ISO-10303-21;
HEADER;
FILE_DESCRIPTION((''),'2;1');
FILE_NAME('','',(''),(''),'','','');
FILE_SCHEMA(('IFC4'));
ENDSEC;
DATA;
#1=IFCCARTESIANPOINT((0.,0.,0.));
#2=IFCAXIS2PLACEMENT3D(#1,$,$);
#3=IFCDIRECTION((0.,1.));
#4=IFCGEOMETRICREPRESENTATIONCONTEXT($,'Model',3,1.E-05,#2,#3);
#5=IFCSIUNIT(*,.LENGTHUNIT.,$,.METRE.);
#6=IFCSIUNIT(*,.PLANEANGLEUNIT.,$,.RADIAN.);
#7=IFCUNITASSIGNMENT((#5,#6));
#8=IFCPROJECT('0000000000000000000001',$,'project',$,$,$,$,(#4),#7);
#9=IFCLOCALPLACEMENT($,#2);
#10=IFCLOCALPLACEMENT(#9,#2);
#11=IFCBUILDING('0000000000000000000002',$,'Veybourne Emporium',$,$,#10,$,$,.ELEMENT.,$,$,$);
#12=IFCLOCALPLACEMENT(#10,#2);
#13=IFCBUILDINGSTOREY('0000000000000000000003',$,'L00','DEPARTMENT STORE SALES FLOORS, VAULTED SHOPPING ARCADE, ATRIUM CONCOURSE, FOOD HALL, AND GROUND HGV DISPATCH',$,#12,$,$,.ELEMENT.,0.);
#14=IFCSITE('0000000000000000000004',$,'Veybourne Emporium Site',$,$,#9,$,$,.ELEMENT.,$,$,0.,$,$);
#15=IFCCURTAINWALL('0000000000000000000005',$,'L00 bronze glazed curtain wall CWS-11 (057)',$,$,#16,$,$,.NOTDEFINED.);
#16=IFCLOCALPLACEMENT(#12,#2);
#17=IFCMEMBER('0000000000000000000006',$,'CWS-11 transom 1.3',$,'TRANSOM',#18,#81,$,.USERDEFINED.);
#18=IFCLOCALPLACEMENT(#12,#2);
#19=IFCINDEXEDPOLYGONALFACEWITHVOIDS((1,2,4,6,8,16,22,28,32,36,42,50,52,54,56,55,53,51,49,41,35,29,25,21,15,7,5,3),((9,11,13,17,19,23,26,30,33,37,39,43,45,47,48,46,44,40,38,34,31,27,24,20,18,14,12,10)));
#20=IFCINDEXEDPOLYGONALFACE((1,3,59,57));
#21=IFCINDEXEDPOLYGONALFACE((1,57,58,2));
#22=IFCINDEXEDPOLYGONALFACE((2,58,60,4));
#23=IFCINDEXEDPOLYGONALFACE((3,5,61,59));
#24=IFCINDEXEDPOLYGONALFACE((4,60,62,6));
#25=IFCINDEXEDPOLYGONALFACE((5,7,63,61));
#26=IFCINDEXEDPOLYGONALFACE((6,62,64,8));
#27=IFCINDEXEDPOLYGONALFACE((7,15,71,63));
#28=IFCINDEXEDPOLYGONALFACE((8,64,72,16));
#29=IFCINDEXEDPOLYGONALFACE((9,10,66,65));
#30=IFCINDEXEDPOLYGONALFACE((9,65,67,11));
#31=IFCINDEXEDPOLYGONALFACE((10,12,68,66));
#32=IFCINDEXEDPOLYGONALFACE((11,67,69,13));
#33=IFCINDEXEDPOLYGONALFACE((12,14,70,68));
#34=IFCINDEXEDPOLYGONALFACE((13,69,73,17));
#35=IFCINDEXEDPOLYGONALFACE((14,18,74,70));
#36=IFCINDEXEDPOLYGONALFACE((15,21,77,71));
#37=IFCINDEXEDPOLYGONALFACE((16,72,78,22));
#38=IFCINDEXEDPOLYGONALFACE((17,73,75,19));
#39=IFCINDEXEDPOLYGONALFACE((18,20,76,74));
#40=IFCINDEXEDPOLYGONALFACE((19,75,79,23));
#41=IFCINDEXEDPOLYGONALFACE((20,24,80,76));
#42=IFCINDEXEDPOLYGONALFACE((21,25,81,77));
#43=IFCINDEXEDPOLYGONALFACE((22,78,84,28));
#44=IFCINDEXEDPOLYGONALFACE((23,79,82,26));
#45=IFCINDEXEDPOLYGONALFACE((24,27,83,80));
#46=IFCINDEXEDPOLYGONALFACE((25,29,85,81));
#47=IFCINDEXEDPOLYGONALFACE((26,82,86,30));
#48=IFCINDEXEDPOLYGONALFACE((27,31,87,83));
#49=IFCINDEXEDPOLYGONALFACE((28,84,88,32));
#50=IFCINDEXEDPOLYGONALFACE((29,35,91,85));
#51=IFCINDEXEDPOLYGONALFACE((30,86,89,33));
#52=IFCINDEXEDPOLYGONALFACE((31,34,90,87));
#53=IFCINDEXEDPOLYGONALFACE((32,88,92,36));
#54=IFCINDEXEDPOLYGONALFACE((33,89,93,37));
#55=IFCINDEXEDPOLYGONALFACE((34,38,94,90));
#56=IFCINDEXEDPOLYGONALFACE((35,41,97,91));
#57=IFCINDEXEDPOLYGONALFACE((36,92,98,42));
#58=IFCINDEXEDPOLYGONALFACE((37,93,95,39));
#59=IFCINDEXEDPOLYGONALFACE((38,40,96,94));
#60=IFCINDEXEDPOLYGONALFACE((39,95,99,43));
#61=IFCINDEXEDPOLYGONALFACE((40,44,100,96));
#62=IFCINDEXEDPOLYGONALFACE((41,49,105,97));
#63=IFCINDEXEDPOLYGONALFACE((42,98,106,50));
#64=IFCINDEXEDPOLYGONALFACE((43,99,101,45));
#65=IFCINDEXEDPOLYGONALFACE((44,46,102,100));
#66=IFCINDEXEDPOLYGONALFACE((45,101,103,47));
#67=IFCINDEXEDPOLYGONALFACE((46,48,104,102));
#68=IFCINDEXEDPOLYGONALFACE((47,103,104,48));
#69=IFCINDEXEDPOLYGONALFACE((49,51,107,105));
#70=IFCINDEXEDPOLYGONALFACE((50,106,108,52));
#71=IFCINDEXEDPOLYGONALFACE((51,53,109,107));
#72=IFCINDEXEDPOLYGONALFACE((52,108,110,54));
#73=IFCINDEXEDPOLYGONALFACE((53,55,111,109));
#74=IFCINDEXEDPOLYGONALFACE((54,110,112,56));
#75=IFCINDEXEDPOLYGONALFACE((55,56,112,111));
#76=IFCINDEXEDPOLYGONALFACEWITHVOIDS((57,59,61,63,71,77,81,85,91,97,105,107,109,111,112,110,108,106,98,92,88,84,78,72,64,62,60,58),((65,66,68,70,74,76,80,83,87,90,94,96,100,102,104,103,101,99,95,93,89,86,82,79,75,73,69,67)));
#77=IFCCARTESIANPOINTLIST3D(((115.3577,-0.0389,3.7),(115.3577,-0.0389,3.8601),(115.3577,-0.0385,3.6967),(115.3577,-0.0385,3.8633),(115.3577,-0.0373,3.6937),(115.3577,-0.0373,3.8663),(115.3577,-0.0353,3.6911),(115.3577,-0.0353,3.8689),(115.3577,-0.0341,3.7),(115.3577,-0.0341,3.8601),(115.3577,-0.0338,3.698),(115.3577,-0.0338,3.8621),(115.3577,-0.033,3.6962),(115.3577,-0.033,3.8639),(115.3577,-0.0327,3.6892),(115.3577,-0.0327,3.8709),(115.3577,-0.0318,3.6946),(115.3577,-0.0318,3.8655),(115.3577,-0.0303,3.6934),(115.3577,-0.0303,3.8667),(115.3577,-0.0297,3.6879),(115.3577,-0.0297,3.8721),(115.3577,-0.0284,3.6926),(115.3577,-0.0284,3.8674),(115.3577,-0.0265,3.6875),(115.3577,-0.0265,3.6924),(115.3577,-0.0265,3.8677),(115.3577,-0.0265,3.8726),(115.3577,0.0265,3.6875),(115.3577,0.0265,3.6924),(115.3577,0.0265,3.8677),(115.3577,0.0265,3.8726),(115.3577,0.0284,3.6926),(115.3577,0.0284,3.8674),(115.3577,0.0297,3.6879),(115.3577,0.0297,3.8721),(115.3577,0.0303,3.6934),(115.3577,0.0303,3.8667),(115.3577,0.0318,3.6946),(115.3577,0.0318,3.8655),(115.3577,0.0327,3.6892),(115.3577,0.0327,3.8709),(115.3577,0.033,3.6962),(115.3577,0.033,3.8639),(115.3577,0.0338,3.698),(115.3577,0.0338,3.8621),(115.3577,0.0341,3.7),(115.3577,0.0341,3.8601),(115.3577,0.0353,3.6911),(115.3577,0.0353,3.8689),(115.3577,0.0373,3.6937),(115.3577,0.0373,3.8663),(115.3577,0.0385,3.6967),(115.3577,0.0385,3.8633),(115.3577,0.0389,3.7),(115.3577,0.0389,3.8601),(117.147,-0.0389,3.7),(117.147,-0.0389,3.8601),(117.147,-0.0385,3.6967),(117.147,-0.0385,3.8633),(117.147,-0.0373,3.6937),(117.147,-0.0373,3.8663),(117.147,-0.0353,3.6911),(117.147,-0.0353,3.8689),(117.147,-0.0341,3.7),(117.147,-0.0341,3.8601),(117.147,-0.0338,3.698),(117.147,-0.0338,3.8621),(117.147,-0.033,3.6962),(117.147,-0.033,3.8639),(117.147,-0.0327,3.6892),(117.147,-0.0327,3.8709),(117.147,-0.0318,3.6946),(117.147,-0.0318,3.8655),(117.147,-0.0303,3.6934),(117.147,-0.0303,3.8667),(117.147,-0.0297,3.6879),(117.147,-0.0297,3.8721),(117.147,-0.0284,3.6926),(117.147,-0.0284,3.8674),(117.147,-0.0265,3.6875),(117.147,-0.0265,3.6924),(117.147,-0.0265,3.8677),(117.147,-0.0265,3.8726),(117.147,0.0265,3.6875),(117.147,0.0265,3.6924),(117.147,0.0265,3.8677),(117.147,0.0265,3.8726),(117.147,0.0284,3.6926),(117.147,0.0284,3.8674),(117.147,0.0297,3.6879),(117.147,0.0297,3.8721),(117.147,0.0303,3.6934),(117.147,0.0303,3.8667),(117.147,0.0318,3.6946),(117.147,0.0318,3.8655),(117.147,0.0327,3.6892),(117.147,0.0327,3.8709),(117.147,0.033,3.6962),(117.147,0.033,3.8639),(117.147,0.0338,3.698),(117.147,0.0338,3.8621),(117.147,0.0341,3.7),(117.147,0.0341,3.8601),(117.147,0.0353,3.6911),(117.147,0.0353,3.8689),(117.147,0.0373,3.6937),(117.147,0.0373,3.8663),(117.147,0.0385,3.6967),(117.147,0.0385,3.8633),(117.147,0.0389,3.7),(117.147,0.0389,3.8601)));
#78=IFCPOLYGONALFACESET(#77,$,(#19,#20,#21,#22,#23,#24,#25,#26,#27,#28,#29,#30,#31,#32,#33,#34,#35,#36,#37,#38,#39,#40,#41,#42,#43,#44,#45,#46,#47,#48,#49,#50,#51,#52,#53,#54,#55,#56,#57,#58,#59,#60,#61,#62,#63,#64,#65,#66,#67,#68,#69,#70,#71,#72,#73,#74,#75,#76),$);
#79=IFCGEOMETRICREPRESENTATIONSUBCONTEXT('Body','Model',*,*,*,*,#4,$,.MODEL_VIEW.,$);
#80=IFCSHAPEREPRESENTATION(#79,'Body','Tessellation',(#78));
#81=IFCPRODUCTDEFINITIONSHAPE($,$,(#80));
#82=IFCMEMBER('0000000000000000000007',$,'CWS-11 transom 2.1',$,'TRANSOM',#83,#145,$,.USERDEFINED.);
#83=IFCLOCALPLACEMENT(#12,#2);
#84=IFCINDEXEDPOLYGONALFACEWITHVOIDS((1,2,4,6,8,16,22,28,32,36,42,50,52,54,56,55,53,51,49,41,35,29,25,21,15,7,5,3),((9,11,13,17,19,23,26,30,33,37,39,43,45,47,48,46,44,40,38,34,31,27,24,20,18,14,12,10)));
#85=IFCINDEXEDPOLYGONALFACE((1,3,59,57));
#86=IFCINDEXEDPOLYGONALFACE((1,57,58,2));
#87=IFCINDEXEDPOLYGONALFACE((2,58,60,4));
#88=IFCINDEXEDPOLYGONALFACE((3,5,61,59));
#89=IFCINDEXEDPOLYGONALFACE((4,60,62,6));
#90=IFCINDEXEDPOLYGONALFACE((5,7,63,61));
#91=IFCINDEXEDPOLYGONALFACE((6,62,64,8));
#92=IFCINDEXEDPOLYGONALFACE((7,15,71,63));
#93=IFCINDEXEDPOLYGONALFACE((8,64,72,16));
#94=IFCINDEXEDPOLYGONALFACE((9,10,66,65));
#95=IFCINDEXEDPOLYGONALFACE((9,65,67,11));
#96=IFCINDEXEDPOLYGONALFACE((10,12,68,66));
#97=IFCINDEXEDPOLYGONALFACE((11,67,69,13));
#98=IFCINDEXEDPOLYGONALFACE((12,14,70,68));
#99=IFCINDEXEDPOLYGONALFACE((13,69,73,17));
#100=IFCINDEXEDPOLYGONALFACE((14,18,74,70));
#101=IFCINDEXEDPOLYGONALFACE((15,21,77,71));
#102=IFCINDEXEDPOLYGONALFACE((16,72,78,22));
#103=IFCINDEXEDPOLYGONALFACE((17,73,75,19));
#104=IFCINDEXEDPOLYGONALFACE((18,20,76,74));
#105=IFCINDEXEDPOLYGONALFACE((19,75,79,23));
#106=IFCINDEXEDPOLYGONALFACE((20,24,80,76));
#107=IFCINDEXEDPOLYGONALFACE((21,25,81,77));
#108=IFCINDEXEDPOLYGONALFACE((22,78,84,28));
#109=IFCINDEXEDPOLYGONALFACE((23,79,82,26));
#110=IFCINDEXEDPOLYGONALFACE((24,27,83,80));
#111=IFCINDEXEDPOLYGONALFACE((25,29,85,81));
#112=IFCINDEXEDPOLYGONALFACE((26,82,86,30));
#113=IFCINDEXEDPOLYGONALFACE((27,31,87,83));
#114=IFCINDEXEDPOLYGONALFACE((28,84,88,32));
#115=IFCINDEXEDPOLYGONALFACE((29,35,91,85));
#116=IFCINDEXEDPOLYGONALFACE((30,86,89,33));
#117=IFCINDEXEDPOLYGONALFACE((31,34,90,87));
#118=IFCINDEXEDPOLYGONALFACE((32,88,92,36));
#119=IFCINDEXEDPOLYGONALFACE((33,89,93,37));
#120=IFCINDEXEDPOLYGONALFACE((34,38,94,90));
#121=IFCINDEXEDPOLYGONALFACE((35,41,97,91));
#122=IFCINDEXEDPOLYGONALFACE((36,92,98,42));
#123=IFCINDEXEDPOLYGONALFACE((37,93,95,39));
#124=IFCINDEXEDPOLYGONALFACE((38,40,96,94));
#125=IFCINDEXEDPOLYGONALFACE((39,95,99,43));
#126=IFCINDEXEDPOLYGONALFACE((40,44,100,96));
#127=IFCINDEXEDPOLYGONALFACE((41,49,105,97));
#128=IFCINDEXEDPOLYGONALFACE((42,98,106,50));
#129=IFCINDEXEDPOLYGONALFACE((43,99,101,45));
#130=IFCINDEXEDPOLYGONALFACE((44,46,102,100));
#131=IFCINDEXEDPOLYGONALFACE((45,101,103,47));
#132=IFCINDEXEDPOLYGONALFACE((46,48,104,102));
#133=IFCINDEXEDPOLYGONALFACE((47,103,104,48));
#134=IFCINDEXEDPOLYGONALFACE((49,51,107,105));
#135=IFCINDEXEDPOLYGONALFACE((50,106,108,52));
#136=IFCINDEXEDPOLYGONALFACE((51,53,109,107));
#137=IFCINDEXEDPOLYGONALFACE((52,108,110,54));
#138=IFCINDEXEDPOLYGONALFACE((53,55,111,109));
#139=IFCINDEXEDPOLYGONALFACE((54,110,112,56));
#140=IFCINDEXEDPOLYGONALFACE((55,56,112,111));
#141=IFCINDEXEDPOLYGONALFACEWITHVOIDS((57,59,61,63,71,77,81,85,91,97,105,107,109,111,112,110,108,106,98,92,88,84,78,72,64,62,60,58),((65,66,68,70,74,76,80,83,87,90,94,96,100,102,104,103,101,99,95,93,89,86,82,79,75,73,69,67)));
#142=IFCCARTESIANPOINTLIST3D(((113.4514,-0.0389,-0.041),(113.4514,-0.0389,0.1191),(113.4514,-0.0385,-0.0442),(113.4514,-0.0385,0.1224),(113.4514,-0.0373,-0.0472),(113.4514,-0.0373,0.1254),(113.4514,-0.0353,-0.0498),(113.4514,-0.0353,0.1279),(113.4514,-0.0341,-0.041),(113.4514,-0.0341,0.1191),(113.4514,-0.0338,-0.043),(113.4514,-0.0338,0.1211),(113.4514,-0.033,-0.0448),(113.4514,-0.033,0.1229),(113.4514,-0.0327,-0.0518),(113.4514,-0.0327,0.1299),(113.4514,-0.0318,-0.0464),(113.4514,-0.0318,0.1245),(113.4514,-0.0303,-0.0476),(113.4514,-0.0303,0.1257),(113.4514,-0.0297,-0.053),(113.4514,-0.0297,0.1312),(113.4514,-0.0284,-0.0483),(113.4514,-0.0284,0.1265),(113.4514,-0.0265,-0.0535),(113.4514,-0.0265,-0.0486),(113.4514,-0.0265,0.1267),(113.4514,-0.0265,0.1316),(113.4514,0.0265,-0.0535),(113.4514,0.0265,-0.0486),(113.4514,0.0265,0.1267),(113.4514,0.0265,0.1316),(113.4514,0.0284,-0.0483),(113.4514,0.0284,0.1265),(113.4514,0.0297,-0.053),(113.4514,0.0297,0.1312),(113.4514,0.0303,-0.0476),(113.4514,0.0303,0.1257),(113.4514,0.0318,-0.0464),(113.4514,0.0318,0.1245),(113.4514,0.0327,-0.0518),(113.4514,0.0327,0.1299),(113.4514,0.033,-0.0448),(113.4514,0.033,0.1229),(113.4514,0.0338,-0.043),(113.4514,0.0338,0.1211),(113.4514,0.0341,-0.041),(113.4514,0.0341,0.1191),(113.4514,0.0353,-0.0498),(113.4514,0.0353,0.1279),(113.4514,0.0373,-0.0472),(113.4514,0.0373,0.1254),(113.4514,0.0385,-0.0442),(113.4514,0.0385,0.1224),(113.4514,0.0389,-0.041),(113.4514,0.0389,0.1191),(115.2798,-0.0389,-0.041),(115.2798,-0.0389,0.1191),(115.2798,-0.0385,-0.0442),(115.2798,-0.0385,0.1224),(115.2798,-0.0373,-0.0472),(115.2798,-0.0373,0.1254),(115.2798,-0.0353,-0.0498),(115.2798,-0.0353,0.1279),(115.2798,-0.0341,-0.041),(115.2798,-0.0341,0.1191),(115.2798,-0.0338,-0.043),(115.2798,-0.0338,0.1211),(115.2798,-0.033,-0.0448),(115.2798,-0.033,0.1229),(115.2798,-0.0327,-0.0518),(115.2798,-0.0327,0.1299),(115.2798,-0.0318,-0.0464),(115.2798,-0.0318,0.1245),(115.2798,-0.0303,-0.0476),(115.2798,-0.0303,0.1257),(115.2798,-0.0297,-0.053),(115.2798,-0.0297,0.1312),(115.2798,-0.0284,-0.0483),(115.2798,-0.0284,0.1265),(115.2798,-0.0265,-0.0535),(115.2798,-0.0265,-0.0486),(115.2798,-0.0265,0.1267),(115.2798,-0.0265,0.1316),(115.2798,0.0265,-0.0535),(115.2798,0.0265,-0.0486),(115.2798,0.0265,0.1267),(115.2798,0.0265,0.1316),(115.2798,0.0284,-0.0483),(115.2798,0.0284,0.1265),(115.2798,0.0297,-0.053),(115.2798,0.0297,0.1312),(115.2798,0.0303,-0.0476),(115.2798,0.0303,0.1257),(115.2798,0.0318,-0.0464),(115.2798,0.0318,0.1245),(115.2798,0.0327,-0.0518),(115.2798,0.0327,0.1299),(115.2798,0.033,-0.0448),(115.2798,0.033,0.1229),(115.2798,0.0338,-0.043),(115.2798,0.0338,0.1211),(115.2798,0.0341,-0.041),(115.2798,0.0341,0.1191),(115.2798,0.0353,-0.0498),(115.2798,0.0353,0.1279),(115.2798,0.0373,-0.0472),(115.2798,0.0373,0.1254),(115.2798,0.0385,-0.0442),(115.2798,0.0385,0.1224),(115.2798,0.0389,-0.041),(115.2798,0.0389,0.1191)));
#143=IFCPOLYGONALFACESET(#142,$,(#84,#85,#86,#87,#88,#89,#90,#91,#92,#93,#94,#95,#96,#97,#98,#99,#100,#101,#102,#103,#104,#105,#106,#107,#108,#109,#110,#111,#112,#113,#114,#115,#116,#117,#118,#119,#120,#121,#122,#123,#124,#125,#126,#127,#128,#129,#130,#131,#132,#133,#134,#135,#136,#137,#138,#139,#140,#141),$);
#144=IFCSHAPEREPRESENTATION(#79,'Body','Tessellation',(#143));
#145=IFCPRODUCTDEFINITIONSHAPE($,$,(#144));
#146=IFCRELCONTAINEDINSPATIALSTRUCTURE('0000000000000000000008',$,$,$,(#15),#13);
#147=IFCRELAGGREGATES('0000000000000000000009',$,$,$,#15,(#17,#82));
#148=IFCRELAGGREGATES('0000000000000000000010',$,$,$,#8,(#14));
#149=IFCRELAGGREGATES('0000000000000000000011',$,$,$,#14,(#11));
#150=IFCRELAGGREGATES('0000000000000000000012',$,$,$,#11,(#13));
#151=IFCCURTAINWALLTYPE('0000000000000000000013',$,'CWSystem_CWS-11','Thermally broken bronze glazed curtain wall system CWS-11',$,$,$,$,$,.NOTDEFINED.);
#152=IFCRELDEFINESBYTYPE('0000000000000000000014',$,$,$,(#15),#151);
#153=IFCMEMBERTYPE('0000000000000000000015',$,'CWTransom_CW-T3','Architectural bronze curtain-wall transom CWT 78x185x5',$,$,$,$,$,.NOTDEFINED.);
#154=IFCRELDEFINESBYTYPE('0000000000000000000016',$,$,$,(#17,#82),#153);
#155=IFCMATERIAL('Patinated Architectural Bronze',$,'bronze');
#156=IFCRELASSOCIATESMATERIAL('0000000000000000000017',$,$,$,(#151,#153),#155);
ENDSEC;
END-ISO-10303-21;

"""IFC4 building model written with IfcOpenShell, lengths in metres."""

from ifc_helpers import new_model, si_unit, direction, frame, origin, origin_2d, place, context, subcontext, project, spatial, hollow_rectangle, extrude, material, material_profile, profile_set, type_object, element, aggregate, save


model = new_model("IFC4")

# Units and contexts
model_context = context("Model", 3, precision=1e-05, world=origin(), true_north=direction((0.0, 1.0)))
body_context = subcontext(model_context, "Body", "Model", "MODEL_VIEW")
ifc_project = project(units=[si_unit("LENGTHUNIT", "METRE"), si_unit("PLANEANGLEUNIT", "RADIAN")], contexts=[model_context])

# Site, building, storey
site_placement = place(None, origin())
site = spatial("IfcSite", under=ifc_project, at=site_placement, Name="Veybourne Emporium Site", CompositionType="ELEMENT", RefElevation=0.0)
building_placement = place(site_placement, origin())
building = spatial("IfcBuilding", under=site, at=building_placement, Name="Veybourne Emporium", CompositionType="ELEMENT")
storey_placement = place(building_placement, origin())
storey = spatial("IfcBuildingStorey", under=building, at=storey_placement, Name="L00", Description="DEPARTMENT STORE SALES FLOORS, VAULTED SHOPPING ARCADE, ATRIUM CONCOURSE, FOOD HALL, AND GROUND HGV DISPATCH", CompositionType="ELEMENT", Elevation=0.0)

# Curtain wall, members
ifc_material_1 = material(Name="Patinated Architectural Bronze", Category="bronze")
curtain_wall_type = type_object("IfcCurtainWallType", Name="CWSystem_CWS-11", Description="Thermally broken bronze glazed curtain wall system CWS-11", PredefinedType="NOTDEFINED", material=ifc_material_1)
curtain_wall_placement = place(storey_placement, origin())
curtain_wall = element("IfcCurtainWall", 1, at=curtain_wall_placement, inside=storey, type_object=curtain_wall_type, Name="L00 bronze glazed curtain wall CWS-11 (057)", PredefinedType="NOTDEFINED")
ifc_material_profile_1 = material_profile(ifc_material_1, hollow_rectangle(XDim=0.0779, YDim=0.1851, WallThickness=0.0049, InnerFilletRadius=0.0076, OuterFilletRadius=0.0125, at=origin_2d()), Name="CWT 78x185x5")
ifc_profile_set_1 = profile_set([ifc_material_profile_1], Name="Patinated Architectural Bronze")
member_type_1 = type_object("IfcMemberType", Name="CWTransom_CW-T3", Description="Architectural bronze curtain-wall transom CWT 78x185x5", PredefinedType="NOTDEFINED", material=ifc_profile_set_1)
member_1_placement = place(storey_placement, frame((117.147, 0.0, 3.78), z_axis=(-1.0, 0.0, 0.0), x_axis=(0.0, -1.0, 0.0)))
member_1 = element("IfcMember", 2, at=member_1_placement, type_object=member_type_1, Name="CWS-11 transom 1.3", ObjectType="TRANSOM", PredefinedType="USERDEFINED", context=body_context, shape_type="SweptSolid", body=[
    extrude(hollow_rectangle(XDim=0.0779, YDim=0.1851, WallThickness=0.0049, InnerFilletRadius=0.0076, OuterFilletRadius=0.0125, at=origin_2d()), origin(), (0.0, 0.0, 1.0), 1.7893),
])
member_2_placement = place(storey_placement, frame((115.2798, 0.0, 0.0391), z_axis=(-1.0, 0.0, 0.0), x_axis=(0.0, -1.0, 0.0)))
member_2 = element("IfcMember", 3, at=member_2_placement, type_object=member_type_1, Name="CWS-11 transom 2.1", ObjectType="TRANSOM", PredefinedType="USERDEFINED", context=body_context, shape_type="SweptSolid", body=[
    extrude(hollow_rectangle(XDim=0.0779, YDim=0.1851, WallThickness=0.0049, InnerFilletRadius=0.0076, OuterFilletRadius=0.0125, at=origin_2d()), origin(), (0.0, 0.0, 1.0), 1.8284),
])

aggregate(curtain_wall, [member_1, member_2])

save(model, "model.ifc")
